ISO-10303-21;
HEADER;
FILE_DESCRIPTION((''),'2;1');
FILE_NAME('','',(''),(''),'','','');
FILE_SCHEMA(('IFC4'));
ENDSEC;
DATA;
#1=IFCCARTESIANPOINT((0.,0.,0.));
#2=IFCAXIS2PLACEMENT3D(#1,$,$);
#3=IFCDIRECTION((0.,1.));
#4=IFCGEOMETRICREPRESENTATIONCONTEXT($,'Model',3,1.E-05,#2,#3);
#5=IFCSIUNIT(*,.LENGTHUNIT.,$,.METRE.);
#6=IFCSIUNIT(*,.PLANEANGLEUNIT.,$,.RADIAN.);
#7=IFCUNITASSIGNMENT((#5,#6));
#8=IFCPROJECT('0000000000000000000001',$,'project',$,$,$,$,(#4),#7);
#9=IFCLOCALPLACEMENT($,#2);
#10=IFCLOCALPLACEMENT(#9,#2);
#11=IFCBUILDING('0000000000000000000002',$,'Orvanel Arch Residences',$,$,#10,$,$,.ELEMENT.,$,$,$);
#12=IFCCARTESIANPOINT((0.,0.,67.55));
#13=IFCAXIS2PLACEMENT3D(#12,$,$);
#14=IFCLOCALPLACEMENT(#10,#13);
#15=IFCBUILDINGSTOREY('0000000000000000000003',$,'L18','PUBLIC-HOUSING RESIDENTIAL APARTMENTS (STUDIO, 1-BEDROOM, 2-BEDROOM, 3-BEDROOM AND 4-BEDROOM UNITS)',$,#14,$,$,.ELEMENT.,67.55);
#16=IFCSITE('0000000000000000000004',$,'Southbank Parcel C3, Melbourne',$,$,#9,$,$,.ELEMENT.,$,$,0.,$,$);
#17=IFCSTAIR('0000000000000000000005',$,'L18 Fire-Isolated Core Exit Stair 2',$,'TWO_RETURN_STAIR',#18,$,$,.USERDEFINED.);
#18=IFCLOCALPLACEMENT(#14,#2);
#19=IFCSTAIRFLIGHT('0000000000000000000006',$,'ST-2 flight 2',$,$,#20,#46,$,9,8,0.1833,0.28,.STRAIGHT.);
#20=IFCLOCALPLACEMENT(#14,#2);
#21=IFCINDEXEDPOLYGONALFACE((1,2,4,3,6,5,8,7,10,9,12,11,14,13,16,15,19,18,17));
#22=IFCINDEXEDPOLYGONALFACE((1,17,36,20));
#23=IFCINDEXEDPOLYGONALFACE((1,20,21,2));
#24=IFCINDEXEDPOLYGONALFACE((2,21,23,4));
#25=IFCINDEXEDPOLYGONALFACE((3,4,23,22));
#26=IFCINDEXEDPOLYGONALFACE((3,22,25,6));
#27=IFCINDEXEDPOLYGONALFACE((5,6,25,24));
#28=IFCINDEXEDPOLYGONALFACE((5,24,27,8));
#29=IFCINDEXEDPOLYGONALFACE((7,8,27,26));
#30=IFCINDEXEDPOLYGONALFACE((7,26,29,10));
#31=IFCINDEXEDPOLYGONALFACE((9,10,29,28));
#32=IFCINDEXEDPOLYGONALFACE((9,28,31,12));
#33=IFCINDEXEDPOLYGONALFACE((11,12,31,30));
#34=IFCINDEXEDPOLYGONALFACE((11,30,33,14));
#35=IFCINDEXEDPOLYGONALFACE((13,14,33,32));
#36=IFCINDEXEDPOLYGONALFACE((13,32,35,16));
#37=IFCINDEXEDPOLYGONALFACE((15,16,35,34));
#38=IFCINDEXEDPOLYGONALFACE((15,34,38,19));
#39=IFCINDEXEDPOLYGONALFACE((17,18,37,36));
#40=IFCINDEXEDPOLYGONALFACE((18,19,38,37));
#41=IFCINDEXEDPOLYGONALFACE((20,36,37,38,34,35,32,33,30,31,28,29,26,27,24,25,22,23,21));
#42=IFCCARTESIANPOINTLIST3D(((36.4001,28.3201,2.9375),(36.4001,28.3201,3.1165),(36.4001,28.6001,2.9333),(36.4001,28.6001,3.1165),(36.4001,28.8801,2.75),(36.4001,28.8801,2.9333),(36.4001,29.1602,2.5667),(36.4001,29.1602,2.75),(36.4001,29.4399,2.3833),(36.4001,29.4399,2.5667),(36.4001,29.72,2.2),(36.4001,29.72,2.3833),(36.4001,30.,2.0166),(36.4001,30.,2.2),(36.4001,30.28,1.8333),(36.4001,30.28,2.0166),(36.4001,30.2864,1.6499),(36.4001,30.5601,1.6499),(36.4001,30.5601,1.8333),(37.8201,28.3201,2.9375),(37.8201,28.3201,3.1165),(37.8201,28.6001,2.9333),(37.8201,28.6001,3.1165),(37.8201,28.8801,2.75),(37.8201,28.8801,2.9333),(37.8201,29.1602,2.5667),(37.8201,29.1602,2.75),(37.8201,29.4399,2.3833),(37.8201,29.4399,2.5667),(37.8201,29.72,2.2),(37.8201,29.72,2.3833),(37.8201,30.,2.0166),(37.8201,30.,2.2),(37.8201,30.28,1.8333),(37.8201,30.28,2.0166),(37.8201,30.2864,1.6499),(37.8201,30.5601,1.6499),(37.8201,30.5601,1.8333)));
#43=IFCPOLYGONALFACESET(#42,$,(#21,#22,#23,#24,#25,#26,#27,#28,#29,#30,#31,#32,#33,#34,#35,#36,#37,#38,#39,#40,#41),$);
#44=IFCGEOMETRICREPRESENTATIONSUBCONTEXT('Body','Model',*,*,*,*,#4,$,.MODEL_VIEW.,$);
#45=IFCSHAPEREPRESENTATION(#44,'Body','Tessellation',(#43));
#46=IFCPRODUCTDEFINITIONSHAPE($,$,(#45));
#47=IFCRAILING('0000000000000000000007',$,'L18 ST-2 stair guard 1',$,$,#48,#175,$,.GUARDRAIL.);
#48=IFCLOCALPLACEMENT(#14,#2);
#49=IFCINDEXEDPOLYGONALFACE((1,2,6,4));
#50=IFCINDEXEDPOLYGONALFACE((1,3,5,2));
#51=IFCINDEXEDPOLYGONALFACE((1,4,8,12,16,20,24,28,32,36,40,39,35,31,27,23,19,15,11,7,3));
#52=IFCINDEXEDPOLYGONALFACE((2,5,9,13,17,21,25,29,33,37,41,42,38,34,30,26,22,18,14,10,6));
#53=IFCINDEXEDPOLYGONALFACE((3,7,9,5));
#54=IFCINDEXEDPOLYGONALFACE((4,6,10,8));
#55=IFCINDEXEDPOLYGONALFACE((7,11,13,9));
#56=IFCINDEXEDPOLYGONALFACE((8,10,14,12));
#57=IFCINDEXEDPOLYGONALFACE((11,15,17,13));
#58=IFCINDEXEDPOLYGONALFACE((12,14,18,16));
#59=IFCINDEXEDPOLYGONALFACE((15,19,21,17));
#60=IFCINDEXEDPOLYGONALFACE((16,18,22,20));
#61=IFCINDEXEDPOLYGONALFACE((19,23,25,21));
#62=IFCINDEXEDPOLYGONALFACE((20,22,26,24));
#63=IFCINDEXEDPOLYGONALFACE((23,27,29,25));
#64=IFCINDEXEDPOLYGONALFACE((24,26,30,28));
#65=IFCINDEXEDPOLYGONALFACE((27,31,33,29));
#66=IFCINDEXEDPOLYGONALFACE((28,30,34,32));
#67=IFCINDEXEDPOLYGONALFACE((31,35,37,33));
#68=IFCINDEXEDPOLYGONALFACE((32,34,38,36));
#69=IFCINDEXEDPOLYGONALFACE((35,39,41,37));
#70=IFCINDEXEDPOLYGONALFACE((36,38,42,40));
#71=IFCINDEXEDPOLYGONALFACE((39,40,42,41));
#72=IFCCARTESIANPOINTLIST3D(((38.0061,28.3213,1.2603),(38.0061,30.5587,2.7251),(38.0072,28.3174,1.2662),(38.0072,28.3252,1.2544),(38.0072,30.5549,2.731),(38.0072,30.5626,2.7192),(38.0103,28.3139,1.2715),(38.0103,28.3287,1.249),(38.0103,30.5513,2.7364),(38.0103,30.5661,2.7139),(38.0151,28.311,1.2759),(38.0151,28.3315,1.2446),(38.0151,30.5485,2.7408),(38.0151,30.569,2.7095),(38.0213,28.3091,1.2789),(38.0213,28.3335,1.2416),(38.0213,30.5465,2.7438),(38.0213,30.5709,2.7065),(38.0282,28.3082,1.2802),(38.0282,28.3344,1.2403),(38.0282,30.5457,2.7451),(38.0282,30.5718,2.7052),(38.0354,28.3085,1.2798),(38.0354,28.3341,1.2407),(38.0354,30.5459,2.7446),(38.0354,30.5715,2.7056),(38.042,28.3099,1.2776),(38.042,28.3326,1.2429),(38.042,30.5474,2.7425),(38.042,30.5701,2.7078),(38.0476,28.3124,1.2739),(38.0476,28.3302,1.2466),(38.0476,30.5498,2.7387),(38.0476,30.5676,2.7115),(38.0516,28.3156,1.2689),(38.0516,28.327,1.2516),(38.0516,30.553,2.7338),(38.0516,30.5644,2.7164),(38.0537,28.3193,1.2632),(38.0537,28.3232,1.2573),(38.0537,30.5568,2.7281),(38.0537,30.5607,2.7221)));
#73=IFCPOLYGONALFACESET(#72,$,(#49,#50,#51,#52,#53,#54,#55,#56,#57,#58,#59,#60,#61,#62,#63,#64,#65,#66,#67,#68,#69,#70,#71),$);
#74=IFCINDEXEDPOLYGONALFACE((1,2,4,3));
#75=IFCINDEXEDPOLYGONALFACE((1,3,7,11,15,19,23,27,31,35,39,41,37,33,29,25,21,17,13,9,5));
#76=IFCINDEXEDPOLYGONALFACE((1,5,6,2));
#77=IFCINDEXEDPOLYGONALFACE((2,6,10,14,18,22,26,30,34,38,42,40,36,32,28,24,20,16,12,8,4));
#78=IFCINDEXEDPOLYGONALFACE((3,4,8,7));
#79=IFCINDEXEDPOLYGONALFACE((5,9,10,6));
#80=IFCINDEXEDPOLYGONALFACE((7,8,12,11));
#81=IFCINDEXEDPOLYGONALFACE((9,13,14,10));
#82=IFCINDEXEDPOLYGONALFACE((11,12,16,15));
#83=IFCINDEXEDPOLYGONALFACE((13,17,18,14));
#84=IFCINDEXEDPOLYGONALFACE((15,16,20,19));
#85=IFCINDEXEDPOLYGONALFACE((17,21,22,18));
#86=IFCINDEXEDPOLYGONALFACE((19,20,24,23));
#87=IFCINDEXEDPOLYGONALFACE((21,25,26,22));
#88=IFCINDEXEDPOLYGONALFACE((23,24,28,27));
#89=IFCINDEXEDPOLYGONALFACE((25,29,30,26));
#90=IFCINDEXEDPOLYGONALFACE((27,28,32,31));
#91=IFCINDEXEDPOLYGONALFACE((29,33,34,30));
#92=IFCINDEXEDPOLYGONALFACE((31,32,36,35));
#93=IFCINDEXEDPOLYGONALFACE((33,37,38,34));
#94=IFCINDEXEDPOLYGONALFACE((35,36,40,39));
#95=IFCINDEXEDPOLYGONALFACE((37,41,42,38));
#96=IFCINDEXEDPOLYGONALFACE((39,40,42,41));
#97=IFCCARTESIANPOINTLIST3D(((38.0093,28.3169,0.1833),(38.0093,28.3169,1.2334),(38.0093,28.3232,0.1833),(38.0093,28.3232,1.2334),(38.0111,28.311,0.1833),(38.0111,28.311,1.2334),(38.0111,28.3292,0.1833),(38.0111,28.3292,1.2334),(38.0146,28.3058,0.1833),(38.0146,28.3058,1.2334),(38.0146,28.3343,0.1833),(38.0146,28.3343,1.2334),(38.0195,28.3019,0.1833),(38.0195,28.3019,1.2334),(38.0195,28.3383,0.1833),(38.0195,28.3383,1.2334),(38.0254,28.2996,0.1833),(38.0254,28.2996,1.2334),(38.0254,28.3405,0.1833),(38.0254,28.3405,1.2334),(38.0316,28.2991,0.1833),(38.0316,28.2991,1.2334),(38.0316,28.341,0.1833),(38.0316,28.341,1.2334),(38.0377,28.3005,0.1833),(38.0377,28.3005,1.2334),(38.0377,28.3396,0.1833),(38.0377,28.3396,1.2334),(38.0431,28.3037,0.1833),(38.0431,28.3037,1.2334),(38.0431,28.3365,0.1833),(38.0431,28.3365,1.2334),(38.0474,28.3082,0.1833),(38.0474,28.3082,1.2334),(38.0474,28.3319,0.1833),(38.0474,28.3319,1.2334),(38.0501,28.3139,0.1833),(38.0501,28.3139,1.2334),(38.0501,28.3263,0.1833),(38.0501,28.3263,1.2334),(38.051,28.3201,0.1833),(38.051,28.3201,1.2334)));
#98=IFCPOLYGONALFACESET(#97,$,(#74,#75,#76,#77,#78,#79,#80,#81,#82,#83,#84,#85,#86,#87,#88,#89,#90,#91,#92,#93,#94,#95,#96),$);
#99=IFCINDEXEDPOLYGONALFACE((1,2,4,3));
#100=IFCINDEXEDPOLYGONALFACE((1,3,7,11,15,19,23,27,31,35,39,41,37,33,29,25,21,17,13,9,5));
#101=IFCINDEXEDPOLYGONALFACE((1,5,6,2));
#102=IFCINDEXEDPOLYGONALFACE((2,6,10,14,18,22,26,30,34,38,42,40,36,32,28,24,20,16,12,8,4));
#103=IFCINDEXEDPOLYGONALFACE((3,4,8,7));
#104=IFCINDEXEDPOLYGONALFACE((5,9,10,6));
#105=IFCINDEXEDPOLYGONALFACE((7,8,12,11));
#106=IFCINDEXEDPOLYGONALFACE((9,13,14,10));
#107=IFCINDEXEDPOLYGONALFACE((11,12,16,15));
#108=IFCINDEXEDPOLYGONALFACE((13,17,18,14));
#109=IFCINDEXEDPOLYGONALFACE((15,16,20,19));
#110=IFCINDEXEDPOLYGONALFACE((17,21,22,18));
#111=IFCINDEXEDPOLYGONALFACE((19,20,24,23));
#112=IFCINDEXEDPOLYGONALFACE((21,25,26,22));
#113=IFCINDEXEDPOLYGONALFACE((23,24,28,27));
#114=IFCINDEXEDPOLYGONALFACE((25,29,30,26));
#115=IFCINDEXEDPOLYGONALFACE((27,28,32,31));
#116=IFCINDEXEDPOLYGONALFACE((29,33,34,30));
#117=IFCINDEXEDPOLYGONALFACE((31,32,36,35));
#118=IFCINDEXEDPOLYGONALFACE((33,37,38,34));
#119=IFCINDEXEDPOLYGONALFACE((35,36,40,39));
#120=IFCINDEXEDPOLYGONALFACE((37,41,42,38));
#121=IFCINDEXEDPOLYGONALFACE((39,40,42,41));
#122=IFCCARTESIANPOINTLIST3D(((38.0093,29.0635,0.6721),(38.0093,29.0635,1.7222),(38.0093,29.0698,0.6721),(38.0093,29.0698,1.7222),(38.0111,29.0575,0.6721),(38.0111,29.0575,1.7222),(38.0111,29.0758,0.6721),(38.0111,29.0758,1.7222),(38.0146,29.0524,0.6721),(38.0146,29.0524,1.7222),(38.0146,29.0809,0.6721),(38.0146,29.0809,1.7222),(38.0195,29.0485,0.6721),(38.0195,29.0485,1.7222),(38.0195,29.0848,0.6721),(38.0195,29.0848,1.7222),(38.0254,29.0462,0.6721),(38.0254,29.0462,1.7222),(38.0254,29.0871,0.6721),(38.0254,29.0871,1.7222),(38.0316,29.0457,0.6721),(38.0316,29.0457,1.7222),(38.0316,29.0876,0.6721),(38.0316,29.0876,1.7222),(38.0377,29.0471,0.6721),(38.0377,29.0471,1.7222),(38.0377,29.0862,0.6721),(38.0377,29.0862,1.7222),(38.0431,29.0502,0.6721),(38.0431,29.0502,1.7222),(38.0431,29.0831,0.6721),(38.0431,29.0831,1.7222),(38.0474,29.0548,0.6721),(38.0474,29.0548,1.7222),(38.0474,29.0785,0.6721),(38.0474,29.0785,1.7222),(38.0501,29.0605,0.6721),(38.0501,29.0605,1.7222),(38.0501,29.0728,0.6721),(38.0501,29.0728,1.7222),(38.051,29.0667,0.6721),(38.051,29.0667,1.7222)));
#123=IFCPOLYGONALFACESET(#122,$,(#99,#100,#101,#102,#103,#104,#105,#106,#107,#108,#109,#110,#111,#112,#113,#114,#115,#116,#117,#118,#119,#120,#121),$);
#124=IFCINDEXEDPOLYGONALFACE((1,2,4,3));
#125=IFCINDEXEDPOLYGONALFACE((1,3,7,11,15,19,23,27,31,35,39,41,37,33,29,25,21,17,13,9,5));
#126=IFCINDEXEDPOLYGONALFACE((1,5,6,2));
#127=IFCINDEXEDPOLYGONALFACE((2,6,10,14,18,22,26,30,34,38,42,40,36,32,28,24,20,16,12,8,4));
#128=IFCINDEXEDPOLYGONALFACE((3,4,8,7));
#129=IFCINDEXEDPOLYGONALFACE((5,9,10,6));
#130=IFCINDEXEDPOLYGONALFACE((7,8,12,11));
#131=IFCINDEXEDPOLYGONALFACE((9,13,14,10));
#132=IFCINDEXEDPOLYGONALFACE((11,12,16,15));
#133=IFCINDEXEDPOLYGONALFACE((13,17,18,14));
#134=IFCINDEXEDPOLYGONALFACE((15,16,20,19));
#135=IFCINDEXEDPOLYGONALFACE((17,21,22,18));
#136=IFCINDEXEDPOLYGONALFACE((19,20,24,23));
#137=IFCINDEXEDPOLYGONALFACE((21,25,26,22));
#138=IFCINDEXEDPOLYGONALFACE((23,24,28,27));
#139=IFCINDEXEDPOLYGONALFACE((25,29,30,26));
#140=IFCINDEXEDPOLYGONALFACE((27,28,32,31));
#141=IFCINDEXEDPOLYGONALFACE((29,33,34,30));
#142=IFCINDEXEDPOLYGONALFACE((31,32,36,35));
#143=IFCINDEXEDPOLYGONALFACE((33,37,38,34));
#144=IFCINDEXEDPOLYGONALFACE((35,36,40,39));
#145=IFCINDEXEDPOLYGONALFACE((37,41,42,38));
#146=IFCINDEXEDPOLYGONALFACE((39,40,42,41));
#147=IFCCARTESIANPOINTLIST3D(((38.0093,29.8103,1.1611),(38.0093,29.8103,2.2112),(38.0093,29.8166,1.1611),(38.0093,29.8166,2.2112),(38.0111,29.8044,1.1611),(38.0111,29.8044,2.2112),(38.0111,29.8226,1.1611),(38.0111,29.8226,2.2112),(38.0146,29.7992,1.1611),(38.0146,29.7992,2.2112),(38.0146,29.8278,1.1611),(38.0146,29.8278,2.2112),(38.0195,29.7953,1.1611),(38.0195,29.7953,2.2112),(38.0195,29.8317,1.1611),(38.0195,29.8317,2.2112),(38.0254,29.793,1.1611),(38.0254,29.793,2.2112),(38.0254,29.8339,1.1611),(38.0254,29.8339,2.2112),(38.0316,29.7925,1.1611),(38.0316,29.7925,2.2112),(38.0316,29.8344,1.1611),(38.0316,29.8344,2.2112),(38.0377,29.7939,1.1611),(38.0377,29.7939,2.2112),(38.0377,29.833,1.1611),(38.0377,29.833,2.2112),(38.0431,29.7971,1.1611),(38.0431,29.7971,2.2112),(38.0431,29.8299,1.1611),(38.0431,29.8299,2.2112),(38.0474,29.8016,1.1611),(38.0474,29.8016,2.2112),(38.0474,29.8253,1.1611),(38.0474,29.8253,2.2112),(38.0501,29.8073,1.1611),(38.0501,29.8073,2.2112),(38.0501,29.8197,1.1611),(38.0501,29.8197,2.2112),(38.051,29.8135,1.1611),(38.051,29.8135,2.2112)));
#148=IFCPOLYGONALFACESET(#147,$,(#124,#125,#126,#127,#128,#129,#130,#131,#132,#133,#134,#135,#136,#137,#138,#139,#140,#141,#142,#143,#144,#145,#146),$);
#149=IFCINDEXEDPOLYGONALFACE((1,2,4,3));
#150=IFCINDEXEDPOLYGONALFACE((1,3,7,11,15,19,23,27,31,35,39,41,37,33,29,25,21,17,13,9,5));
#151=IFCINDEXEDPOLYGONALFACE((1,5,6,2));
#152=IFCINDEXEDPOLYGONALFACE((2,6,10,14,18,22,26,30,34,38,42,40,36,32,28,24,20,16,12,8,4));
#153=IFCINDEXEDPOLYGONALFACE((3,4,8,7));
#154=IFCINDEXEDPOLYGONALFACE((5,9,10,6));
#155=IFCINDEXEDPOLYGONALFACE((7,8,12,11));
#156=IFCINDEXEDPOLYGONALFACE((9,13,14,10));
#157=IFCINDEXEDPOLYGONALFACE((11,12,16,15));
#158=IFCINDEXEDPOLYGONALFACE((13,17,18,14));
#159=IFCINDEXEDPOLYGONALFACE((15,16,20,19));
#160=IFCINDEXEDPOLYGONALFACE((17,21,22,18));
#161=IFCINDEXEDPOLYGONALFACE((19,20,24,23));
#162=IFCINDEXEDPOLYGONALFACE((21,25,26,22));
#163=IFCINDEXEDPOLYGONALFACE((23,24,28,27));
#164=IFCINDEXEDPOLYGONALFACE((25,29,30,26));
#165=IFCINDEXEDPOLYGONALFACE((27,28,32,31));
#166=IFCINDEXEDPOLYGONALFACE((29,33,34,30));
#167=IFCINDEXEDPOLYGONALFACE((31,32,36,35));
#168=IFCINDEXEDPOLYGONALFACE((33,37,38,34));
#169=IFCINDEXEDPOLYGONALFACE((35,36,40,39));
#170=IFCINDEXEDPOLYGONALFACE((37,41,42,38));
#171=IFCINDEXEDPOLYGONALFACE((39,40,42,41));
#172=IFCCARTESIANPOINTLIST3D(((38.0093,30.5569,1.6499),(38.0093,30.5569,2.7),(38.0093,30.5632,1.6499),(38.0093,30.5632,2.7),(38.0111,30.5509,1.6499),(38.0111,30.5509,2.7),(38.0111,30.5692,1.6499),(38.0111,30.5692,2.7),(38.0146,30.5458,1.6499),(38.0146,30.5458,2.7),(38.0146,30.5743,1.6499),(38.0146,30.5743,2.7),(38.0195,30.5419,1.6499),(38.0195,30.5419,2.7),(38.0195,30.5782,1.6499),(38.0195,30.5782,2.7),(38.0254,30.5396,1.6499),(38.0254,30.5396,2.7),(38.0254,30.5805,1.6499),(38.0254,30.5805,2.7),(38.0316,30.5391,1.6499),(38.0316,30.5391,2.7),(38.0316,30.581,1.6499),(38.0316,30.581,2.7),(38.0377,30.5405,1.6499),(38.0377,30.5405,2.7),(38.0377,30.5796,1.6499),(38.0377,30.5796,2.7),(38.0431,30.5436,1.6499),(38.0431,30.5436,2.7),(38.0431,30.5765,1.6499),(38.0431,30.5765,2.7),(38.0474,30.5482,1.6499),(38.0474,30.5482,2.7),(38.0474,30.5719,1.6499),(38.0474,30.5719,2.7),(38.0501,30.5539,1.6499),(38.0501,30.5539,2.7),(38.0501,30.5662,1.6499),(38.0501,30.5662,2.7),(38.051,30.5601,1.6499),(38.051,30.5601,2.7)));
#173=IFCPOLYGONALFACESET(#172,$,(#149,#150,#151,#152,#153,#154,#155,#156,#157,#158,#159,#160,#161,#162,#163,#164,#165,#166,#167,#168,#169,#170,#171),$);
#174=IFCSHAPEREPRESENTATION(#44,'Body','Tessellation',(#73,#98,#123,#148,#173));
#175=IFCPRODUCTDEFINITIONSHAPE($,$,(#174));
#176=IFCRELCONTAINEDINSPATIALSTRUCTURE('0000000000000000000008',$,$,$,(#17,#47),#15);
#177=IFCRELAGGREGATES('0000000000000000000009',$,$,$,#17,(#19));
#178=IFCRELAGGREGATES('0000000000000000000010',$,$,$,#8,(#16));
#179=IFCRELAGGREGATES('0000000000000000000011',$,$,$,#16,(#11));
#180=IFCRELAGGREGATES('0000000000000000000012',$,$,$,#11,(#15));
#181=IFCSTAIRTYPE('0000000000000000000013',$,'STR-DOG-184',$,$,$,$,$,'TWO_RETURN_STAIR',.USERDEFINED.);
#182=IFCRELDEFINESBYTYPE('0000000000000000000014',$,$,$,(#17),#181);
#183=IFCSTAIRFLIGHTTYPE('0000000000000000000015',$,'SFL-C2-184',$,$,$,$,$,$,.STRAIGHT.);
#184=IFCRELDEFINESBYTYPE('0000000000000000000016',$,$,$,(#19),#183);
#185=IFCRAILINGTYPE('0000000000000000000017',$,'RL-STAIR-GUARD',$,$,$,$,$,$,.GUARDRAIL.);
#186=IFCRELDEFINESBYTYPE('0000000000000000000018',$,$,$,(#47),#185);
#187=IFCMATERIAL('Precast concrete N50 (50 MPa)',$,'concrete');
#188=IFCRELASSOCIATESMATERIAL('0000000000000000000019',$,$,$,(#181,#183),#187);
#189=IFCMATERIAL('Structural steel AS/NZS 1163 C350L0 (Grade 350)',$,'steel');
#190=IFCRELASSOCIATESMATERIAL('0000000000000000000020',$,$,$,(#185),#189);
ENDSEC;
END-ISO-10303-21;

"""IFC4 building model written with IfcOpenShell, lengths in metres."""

from ifc_helpers import new_model, si_unit, direction, frame, origin, origin_2d, place, context, subcontext, project, spatial, polyline, circle, outline, extrude, material, type_object, element, aggregate, save


model = new_model("IFC4")

# Units and contexts
model_context = context("Model", 3, precision=1e-05, world=origin(), true_north=direction((0.0, 1.0)))
body_context = subcontext(model_context, "Body", "Model", "MODEL_VIEW")
ifc_project = project(units=[si_unit("LENGTHUNIT", "METRE"), si_unit("PLANEANGLEUNIT", "RADIAN")], contexts=[model_context])

# Site, building, storey
site_placement = place(None, origin())
site = spatial("IfcSite", under=ifc_project, at=site_placement, Name="Southbank Parcel C3, Melbourne", CompositionType="ELEMENT", RefElevation=0.0)
building_placement = place(site_placement, origin())
building = spatial("IfcBuilding", under=site, at=building_placement, Name="Orvanel Arch Residences", CompositionType="ELEMENT")
storey_placement = place(building_placement, frame((0.0, 0.0, 67.55)))
storey = spatial("IfcBuildingStorey", under=building, at=storey_placement, Name="L18", Description="PUBLIC-HOUSING RESIDENTIAL APARTMENTS (STUDIO, 1-BEDROOM, 2-BEDROOM, 3-BEDROOM AND 4-BEDROOM UNITS)", CompositionType="ELEMENT", Elevation=67.55)

# Stair, stair flight
ifc_material_1 = material(Name="Precast concrete N50 (50 MPa)", Category="concrete")
stair_type = type_object("IfcStairType", Name="STR-DOG-184", ElementType="TWO_RETURN_STAIR", PredefinedType="USERDEFINED", material=ifc_material_1)
stair_placement = place(storey_placement, origin())
stair = element("IfcStair", 1, at=stair_placement, inside=storey, type_object=stair_type, Name="L18 Fire-Isolated Core Exit Stair 2", ObjectType="TWO_RETURN_STAIR", PredefinedType="USERDEFINED")
stair_flight_type = type_object("IfcStairFlightType", Name="SFL-C2-184", PredefinedType="STRAIGHT", material=ifc_material_1)
stair_flight_1_placement = place(storey_placement, frame((37.1101, 30.5601, 1.6499), z_axis=(0.0, 0.0, 1.0), x_axis=(0.0, -1.0, 0.0)))
stair_flight_1 = element("IfcStairFlight", 2, at=stair_flight_1_placement, type_object=stair_flight_type, Name="ST-2 flight 2", NumberOfRisers=9, NumberOfTreads=8, PredefinedType="STRAIGHT", RiserHeight=0.1833, TreadLength=0.28, context=body_context, shape_type="SweptSolid", body=[
    extrude(outline(polyline([(0.0, 0.0), (0.0, 0.1833), (0.28, 0.1833), (0.28, 0.3667), (0.5601, 0.3667), (0.5601, 0.55), (0.8401, 0.55), (0.8401, 0.7334), (1.1201, 0.7334), (1.1201, 0.9167), (1.3999, 0.9167), (1.3999, 1.1001), (1.6799, 1.1001), (1.6799, 1.2834), (1.96, 1.2834), (1.96, 1.4666), (2.24, 1.4666), (2.24, 1.6499), (2.24, 1.2876), (0.2737, 0.0), (0.0, 0.0)])), frame((0.0, 0.71, 0.0), z_axis=(0.0, -1.0, 0.0), x_axis=(1.0, 0.0, 0.0)), (0.0, 0.0, 1.0), 1.4199),
])
aggregate(stair, [stair_flight_1])

# Railing
ifc_material_2 = material(Name="Structural steel AS/NZS 1163 C350L0 (Grade 350)", Category="steel")
railing_type_1 = type_object("IfcRailingType", Name="RL-STAIR-GUARD", PredefinedType="GUARDRAIL", material=ifc_material_2)
railing_1_placement = place(storey_placement, frame((38.03, 28.3201, 0.1833)))
element("IfcRailing", 3, at=railing_1_placement, inside=storey, type_object=railing_type_1, Name="L18 ST-2 stair guard 1", PredefinedType="GUARDRAIL", context=body_context, shape_type="SweptSolid", body=[
    extrude(circle(Radius=0.0239, at=origin_2d()), frame((0.0, 0.0012, 1.0769), z_axis=(0.0, 0.836637, 0.547758), x_axis=(-1.0, 0.0, 0.0)), (0.0, 0.0, 1.0), 2.6743),
    extrude(circle(Radius=0.021, at=origin_2d()), origin(), (0.0, 0.0, 1.0), 1.05),
    extrude(circle(Radius=0.021, at=origin_2d()), frame((0.0, 0.7466, 0.4888)), (0.0, 0.0, 1.0), 1.05),
    extrude(circle(Radius=0.021, at=origin_2d()), frame((0.0, 1.4934, 0.9778)), (0.0, 0.0, 1.0), 1.05),
    extrude(circle(Radius=0.021, at=origin_2d()), frame((0.0, 2.24, 1.4666)), (0.0, 0.0, 1.0), 1.05),
])

save(model, "model.ifc")
